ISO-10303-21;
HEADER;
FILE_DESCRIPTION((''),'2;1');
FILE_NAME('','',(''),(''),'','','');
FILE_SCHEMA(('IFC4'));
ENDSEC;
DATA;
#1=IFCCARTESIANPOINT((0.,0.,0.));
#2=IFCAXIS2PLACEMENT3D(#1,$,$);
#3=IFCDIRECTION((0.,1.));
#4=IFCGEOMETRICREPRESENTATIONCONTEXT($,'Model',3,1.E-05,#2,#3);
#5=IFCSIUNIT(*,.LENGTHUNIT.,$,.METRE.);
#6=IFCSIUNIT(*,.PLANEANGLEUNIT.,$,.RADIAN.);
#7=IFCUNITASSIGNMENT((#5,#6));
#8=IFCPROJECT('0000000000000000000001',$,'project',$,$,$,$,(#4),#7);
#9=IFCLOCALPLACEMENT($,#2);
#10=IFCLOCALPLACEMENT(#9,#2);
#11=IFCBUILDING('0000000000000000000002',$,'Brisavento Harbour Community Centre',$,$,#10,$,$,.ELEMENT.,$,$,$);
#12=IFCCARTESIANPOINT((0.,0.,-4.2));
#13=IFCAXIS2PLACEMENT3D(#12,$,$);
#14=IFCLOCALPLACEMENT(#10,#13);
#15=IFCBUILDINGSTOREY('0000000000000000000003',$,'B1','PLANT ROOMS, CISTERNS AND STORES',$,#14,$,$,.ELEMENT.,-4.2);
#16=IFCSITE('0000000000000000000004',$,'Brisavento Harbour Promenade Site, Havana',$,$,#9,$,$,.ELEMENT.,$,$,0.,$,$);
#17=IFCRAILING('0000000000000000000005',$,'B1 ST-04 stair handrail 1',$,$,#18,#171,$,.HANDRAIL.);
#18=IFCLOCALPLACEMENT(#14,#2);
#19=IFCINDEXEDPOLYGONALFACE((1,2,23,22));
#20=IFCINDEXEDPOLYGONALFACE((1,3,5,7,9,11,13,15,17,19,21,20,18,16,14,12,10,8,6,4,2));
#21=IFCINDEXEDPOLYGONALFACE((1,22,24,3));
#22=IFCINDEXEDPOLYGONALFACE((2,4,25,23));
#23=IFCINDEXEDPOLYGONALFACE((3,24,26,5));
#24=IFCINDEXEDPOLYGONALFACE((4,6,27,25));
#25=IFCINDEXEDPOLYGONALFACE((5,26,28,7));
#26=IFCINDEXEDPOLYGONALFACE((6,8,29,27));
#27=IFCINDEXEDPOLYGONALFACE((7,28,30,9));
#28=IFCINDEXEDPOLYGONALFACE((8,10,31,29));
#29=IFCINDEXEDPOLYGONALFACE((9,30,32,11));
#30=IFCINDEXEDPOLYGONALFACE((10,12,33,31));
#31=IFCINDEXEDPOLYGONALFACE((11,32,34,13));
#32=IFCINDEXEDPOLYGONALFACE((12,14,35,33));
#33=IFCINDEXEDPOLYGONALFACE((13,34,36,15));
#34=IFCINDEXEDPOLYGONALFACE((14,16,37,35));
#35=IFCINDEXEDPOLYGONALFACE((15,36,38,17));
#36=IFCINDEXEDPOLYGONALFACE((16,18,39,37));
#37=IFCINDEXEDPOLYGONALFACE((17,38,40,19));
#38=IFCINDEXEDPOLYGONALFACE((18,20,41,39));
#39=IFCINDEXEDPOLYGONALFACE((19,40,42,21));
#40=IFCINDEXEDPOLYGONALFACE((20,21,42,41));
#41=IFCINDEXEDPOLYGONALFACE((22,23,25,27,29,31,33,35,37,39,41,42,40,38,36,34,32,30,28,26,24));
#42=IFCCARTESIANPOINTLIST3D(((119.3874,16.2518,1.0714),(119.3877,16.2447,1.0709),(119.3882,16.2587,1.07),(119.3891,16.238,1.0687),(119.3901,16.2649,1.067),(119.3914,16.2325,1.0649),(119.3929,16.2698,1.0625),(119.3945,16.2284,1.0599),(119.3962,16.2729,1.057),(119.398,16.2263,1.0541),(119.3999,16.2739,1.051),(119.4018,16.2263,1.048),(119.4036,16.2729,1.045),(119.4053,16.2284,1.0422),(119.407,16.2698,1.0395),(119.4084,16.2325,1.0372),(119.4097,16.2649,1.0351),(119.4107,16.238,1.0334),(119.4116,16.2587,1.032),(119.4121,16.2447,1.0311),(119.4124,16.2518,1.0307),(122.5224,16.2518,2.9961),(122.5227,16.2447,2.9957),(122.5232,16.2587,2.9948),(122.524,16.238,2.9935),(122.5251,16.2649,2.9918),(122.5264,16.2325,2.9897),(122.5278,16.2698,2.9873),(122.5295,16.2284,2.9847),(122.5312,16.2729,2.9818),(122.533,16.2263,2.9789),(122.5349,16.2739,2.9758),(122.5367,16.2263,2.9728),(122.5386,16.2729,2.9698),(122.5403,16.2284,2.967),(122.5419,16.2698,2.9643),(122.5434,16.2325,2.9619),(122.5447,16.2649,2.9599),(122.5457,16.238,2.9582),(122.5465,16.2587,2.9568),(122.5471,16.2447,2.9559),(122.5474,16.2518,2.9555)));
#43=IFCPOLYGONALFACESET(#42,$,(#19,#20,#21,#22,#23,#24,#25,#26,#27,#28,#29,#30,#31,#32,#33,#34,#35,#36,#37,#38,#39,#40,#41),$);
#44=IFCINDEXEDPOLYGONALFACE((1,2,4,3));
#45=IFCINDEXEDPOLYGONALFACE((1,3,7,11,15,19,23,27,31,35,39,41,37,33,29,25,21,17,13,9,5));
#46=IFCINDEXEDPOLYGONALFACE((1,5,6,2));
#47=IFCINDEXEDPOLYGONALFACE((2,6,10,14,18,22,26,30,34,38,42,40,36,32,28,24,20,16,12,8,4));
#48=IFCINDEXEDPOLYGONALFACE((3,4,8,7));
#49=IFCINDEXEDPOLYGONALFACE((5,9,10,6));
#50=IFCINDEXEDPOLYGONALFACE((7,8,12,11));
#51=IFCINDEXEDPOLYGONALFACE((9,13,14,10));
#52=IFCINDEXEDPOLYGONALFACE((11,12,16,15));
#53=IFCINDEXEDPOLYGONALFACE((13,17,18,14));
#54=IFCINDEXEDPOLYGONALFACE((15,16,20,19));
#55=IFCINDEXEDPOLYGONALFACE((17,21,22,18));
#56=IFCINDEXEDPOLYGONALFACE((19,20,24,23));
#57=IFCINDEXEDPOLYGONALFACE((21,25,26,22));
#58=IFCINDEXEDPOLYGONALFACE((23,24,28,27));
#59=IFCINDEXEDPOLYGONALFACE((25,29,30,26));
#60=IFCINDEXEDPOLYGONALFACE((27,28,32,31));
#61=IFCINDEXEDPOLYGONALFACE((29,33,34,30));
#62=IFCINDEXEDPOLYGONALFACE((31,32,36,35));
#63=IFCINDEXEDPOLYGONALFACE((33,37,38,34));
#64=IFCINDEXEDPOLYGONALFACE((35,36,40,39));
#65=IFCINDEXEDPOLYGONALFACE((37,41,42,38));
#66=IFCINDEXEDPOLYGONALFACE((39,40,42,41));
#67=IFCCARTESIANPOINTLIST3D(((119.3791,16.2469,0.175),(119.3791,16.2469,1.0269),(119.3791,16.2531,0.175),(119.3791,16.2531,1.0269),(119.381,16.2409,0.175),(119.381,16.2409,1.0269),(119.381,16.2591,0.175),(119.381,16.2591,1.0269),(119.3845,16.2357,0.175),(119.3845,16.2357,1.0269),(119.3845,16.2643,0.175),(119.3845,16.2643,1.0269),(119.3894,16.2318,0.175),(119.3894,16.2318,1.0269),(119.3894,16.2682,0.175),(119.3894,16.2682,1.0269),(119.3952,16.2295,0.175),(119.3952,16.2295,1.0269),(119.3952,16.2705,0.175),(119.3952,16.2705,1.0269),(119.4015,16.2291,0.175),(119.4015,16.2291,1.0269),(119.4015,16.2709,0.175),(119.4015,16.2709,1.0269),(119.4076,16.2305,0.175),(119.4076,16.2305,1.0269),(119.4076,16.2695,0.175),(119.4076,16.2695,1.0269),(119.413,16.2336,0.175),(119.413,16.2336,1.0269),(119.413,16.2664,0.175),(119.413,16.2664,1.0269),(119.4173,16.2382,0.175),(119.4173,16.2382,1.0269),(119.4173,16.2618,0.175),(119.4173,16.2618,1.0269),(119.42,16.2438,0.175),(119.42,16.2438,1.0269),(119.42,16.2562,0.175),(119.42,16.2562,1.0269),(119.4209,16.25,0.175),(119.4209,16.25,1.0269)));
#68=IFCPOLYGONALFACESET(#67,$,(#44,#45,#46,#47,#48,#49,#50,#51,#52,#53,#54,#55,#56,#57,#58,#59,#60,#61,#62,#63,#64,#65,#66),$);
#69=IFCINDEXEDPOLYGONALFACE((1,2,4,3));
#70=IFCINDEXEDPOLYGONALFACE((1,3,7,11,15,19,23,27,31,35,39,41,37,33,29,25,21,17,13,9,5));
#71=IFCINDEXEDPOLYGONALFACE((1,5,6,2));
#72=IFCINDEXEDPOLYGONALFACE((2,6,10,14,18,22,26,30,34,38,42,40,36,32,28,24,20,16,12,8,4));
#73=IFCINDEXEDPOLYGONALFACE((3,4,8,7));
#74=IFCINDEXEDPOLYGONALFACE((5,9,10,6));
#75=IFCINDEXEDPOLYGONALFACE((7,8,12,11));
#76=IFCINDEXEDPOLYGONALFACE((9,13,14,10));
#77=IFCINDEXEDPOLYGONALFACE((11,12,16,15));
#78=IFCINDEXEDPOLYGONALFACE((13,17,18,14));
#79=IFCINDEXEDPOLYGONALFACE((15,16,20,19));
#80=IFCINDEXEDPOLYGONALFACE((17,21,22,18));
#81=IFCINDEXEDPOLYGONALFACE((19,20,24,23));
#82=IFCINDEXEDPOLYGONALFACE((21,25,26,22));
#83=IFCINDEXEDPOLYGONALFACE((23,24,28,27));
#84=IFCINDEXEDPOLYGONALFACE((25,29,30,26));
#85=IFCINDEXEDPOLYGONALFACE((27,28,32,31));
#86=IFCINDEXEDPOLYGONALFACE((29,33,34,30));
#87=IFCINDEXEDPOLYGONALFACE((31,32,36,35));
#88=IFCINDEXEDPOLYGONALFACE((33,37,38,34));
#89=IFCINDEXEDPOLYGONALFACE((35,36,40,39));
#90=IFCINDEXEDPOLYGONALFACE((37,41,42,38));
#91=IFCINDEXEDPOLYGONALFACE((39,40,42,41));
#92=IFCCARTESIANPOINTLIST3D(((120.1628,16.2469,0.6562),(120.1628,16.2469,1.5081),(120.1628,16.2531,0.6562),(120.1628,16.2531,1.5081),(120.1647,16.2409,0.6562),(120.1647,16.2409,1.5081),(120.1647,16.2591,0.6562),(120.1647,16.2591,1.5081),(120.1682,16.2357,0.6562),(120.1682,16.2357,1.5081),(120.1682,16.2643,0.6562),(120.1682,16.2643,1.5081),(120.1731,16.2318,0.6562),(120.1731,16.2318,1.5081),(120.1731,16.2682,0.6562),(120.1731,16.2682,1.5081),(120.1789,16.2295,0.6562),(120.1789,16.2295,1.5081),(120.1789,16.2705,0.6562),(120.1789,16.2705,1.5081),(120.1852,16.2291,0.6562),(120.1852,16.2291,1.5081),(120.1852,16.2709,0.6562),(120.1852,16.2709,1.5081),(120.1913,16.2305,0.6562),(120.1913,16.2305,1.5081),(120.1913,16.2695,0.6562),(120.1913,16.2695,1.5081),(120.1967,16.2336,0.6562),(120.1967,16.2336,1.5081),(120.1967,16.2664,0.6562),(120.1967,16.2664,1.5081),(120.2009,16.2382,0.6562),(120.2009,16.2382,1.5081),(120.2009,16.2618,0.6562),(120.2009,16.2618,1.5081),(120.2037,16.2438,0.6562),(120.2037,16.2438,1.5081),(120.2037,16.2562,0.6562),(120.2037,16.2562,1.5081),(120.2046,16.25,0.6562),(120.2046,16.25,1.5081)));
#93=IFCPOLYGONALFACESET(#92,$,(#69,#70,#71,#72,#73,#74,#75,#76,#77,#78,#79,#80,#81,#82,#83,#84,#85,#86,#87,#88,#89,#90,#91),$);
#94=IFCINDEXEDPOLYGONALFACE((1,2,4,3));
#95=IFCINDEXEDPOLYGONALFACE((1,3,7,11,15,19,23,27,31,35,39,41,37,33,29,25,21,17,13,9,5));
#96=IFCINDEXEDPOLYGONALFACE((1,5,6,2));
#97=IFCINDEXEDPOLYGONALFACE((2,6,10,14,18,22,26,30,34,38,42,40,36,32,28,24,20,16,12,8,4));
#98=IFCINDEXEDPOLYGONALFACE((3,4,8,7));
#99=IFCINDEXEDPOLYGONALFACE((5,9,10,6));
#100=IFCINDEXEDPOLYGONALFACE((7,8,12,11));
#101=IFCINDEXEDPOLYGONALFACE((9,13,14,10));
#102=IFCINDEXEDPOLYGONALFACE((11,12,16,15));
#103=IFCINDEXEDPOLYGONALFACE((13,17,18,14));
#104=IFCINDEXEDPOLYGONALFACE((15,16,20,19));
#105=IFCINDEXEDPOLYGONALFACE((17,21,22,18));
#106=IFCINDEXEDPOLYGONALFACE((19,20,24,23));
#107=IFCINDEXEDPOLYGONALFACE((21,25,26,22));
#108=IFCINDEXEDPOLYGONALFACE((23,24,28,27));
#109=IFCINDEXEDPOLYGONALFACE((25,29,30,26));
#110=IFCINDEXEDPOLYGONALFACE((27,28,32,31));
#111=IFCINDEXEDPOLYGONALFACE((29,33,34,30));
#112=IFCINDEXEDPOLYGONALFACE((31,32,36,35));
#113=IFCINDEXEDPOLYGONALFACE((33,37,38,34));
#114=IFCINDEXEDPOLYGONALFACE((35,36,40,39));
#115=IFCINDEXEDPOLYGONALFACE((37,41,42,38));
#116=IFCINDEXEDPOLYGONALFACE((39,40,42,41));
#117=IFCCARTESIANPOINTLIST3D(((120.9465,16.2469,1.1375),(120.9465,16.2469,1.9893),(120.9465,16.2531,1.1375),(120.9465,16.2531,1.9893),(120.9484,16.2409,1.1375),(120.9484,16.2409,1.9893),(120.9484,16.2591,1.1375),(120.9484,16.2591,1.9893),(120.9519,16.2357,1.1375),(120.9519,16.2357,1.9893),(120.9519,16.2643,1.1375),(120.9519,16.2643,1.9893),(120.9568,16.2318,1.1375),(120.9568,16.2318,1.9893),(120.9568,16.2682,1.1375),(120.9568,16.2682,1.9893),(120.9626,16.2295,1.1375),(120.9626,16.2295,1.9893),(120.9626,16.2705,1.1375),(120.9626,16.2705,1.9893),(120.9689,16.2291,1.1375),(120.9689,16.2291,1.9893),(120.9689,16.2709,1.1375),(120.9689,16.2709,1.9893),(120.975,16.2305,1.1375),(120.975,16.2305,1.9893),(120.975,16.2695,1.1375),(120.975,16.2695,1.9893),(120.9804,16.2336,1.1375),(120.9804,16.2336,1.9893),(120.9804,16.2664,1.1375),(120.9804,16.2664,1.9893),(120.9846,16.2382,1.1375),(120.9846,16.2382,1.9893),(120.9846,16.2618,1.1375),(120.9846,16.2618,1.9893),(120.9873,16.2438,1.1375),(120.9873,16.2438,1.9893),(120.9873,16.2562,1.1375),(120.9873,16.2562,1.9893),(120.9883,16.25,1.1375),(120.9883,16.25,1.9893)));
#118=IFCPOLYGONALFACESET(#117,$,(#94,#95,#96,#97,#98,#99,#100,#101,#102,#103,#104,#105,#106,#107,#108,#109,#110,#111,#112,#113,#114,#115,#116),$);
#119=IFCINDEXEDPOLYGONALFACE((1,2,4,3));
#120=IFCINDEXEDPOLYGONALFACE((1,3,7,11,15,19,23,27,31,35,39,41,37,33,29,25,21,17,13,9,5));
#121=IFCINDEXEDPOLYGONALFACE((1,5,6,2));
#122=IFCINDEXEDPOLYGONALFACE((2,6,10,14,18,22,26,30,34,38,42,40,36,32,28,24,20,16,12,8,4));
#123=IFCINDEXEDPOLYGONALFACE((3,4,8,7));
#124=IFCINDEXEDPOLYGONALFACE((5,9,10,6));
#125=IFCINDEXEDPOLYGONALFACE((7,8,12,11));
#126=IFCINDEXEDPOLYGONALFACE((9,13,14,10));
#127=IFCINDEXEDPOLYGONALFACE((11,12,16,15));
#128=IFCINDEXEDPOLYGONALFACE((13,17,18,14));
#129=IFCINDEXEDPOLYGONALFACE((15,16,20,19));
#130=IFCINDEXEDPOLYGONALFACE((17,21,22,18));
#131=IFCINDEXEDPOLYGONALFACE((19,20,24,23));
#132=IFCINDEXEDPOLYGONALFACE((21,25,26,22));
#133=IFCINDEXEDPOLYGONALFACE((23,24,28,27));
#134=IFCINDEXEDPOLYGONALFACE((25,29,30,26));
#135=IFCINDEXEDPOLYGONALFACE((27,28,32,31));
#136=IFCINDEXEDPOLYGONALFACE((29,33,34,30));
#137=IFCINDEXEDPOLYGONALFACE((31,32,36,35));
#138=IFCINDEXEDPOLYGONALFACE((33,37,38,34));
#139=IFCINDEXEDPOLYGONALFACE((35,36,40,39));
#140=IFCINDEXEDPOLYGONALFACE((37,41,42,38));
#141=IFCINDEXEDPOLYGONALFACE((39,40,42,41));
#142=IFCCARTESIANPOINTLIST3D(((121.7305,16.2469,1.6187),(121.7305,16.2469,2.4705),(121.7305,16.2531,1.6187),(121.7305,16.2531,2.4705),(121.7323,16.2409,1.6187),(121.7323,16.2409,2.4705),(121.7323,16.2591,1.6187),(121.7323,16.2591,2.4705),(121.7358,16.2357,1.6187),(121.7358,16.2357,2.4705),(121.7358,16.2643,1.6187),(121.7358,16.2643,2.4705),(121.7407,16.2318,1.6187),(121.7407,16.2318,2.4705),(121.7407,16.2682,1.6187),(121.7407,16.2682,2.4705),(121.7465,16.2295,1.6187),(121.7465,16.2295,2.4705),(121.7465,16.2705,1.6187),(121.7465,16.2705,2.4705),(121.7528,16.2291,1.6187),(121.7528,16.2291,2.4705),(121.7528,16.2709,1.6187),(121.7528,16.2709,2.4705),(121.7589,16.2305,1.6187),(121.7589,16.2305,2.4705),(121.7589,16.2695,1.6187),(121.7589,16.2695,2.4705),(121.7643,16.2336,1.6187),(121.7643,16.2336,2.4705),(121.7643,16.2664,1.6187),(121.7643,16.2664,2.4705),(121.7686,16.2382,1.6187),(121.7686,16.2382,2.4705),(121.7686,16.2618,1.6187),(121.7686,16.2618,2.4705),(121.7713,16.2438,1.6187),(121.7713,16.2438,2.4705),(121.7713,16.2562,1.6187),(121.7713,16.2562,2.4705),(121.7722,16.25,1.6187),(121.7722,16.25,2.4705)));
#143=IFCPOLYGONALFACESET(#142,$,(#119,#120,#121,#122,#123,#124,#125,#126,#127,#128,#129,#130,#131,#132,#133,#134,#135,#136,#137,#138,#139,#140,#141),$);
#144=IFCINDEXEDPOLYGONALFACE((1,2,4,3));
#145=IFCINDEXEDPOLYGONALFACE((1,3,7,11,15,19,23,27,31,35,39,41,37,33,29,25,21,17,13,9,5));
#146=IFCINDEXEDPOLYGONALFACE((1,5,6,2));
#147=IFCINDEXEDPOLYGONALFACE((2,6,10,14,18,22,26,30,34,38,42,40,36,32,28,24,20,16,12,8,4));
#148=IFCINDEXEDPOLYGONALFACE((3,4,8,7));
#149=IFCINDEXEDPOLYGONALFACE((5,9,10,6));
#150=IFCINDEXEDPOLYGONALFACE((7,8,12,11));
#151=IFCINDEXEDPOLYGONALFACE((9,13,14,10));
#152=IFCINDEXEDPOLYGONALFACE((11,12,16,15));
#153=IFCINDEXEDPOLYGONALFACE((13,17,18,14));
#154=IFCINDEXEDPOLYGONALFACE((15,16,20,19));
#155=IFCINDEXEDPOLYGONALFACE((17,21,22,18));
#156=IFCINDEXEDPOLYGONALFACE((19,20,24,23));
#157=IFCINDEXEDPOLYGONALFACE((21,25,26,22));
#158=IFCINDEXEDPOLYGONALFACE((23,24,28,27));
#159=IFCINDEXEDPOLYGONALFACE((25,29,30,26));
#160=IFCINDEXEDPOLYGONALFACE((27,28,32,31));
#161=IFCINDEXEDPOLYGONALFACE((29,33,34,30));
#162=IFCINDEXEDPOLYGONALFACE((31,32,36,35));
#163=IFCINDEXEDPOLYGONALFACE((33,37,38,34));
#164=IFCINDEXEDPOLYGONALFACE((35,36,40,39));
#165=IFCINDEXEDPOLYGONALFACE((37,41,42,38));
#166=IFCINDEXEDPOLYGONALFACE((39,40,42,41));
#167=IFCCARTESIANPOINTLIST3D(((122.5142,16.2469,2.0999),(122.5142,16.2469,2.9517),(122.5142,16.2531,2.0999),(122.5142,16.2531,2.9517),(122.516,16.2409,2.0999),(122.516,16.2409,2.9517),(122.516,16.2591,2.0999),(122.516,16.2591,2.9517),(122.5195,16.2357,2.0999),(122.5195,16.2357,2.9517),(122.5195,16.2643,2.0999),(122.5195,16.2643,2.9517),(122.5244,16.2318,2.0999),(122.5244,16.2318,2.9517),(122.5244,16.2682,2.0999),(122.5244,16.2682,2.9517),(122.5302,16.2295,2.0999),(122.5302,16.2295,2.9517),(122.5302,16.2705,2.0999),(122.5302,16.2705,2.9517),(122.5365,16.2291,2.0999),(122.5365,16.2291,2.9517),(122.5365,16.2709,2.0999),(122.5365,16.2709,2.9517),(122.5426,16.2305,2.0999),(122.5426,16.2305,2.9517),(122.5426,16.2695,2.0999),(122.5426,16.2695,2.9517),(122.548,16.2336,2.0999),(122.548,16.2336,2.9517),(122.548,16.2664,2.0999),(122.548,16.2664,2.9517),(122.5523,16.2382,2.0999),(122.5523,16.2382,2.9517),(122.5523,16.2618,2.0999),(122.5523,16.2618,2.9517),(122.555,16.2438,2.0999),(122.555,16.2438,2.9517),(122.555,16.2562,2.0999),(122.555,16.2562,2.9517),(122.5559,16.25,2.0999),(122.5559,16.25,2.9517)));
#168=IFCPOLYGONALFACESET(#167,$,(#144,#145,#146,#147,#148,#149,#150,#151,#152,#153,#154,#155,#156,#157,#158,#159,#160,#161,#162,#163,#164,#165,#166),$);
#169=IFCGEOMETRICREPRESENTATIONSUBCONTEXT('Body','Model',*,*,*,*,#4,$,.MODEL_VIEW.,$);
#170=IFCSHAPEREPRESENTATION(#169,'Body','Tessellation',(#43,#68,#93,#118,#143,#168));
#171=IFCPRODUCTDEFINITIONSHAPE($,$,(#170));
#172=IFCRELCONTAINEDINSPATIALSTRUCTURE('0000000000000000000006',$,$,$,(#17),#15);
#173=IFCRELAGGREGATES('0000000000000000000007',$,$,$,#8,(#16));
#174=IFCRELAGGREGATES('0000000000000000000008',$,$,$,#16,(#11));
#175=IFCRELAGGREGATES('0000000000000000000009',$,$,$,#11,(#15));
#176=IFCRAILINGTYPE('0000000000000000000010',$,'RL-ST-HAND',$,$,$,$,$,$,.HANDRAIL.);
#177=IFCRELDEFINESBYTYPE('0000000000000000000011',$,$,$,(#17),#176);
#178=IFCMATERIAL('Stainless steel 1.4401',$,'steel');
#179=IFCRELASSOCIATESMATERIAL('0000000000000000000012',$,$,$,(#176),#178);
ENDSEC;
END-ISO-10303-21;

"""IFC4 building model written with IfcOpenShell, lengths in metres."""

from ifc_helpers import new_model, si_unit, direction, frame, origin, origin_2d, place, context, subcontext, project, spatial, circle, extrude, material, type_object, element, save


model = new_model("IFC4")

# Units and contexts
model_context = context("Model", 3, precision=1e-05, world=origin(), true_north=direction((0.0, 1.0)))
body_context = subcontext(model_context, "Body", "Model", "MODEL_VIEW")
ifc_project = project(units=[si_unit("LENGTHUNIT", "METRE"), si_unit("PLANEANGLEUNIT", "RADIAN")], contexts=[model_context])

# Site, building, storey
site_placement = place(None, origin())
site = spatial("IfcSite", under=ifc_project, at=site_placement, Name="Brisavento Harbour Promenade Site, Havana", CompositionType="ELEMENT", RefElevation=0.0)
building_placement = place(site_placement, origin())
building = spatial("IfcBuilding", under=site, at=building_placement, Name="Brisavento Harbour Community Centre", CompositionType="ELEMENT")
storey_placement = place(building_placement, frame((0.0, 0.0, -4.2)))
storey = spatial("IfcBuildingStorey", under=building, at=storey_placement, Name="B1", Description="PLANT ROOMS, CISTERNS AND STORES", CompositionType="ELEMENT", Elevation=-4.2)

# Shared definitions
ifc_material_1 = material(Name="Stainless steel 1.4401", Category="steel")

# Railing
railing_type_1 = type_object("IfcRailingType", Name="RL-ST-HAND", PredefinedType="HANDRAIL", material=ifc_material_1)
railing_1_placement = place(storey_placement, frame((119.3999, 16.25, 0.175)))
element("IfcRailing", 1, at=railing_1_placement, inside=storey, type_object=railing_type_1, Name="B1 ST-04 stair handrail 1", PredefinedType="HANDRAIL", context=body_context, shape_type="SweptSolid", body=[
    extrude(circle(Radius=0.0239, at=origin_2d()), frame((0.0, 0.0, 0.876), z_axis=(0.852196, 0.0, 0.523223), x_axis=(0.0, 1.0, 0.0)), (0.0, 0.0, 1.0), 3.6787),
    extrude(circle(Radius=0.021, at=origin_2d()), origin(), (0.0, 0.0, 1.0), 0.8518),
    extrude(circle(Radius=0.021, at=origin_2d()), frame((0.7837, 0.0, 0.4812)), (0.0, 0.0, 1.0), 0.8518),
    extrude(circle(Radius=0.021, at=origin_2d()), frame((1.5674, 0.0, 0.9624)), (0.0, 0.0, 1.0), 0.8518),
    extrude(circle(Radius=0.021, at=origin_2d()), frame((2.3513, 0.0, 1.4436)), (0.0, 0.0, 1.0), 0.8518),
    extrude(circle(Radius=0.021, at=origin_2d()), frame((3.135, 0.0, 1.9248)), (0.0, 0.0, 1.0), 0.8518),
])

save(model, "model.ifc")
